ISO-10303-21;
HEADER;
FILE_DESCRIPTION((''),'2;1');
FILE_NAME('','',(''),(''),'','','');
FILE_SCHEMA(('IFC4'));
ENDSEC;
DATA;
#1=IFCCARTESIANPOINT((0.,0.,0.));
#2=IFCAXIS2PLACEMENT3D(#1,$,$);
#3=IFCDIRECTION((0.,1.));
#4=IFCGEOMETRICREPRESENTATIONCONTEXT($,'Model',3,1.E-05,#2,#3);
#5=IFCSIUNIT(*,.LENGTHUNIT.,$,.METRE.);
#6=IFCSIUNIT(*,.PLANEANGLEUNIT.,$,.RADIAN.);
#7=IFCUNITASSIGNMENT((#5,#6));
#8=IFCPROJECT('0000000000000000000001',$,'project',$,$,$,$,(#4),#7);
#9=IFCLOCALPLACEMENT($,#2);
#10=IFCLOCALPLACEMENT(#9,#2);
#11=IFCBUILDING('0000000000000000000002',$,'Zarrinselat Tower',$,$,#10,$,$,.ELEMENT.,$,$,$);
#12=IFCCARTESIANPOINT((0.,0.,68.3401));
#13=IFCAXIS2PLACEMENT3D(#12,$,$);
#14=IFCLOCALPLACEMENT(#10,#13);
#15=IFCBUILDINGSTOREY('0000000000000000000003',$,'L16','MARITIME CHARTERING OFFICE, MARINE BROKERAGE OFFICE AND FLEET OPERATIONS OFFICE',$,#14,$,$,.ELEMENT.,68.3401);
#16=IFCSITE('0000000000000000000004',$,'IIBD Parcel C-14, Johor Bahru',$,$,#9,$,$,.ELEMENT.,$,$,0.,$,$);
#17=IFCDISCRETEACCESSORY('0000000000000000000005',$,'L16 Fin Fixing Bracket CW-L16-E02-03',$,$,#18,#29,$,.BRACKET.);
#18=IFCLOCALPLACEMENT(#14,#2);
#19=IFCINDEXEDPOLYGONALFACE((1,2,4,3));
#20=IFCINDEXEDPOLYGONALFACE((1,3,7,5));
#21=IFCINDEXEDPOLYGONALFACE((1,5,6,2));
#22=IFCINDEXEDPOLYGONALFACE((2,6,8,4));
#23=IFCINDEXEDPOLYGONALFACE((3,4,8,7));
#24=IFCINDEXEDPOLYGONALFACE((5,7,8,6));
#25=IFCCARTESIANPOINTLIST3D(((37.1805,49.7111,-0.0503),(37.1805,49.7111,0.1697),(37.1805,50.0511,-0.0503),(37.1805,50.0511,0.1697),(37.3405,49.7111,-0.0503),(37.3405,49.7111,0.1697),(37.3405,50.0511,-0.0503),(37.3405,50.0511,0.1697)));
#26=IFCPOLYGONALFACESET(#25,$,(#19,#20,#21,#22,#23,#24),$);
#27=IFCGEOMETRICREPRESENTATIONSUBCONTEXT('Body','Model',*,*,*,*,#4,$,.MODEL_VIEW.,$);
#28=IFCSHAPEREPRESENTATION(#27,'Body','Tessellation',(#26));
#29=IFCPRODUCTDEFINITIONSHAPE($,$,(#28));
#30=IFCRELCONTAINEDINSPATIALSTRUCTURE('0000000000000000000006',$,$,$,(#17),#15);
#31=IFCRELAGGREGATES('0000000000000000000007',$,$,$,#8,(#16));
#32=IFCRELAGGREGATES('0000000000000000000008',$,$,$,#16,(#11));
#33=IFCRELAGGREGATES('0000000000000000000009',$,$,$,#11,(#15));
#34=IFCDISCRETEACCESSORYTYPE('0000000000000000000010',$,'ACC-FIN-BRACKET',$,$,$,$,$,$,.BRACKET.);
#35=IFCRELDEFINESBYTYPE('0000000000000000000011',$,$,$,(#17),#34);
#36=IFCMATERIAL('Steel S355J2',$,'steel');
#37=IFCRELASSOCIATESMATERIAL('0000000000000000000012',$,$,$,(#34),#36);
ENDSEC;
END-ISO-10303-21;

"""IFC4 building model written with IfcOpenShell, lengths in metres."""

from ifc_helpers import new_model, si_unit, direction, frame, origin, origin_2d, place, context, subcontext, project, spatial, rectangle, extrude, material, type_object, element, save


model = new_model("IFC4")

# Units and contexts
model_context = context("Model", 3, precision=1e-05, world=origin(), true_north=direction((0.0, 1.0)))
body_context = subcontext(model_context, "Body", "Model", "MODEL_VIEW")
ifc_project = project(units=[si_unit("LENGTHUNIT", "METRE"), si_unit("PLANEANGLEUNIT", "RADIAN")], contexts=[model_context])

# Site, building, storey
site_placement = place(None, origin())
site = spatial("IfcSite", under=ifc_project, at=site_placement, Name="IIBD Parcel C-14, Johor Bahru", CompositionType="ELEMENT", RefElevation=0.0)
building_placement = place(site_placement, origin())
building = spatial("IfcBuilding", under=site, at=building_placement, Name="Zarrinselat Tower", CompositionType="ELEMENT")
storey_placement = place(building_placement, frame((0.0, 0.0, 68.3401)))
storey = spatial("IfcBuildingStorey", under=building, at=storey_placement, Name="L16", Description="MARITIME CHARTERING OFFICE, MARINE BROKERAGE OFFICE AND FLEET OPERATIONS OFFICE", CompositionType="ELEMENT", Elevation=68.3401)

# Discrete accessory
ifc_material_1 = material(Name="Steel S355J2", Category="steel")
discrete_accessory_type = type_object("IfcDiscreteAccessoryType", Name="ACC-FIN-BRACKET", PredefinedType="BRACKET", material=ifc_material_1)
discrete_accessory_placement = place(storey_placement, frame((37.2605, 49.8811, -0.0503), z_axis=(0.0, 0.0, 1.0), x_axis=(0.0, 1.0, 0.0)))
element("IfcDiscreteAccessory", 1, at=discrete_accessory_placement, inside=storey, type_object=discrete_accessory_type, Name="L16 Fin Fixing Bracket CW-L16-E02-03", PredefinedType="BRACKET", context=body_context, shape_type="SweptSolid", body=[
    extrude(rectangle(XDim=0.3401, YDim=0.1599, at=origin_2d()), origin(), (0.0, 0.0, 1.0), 0.22),
])

save(model, "model.ifc")
